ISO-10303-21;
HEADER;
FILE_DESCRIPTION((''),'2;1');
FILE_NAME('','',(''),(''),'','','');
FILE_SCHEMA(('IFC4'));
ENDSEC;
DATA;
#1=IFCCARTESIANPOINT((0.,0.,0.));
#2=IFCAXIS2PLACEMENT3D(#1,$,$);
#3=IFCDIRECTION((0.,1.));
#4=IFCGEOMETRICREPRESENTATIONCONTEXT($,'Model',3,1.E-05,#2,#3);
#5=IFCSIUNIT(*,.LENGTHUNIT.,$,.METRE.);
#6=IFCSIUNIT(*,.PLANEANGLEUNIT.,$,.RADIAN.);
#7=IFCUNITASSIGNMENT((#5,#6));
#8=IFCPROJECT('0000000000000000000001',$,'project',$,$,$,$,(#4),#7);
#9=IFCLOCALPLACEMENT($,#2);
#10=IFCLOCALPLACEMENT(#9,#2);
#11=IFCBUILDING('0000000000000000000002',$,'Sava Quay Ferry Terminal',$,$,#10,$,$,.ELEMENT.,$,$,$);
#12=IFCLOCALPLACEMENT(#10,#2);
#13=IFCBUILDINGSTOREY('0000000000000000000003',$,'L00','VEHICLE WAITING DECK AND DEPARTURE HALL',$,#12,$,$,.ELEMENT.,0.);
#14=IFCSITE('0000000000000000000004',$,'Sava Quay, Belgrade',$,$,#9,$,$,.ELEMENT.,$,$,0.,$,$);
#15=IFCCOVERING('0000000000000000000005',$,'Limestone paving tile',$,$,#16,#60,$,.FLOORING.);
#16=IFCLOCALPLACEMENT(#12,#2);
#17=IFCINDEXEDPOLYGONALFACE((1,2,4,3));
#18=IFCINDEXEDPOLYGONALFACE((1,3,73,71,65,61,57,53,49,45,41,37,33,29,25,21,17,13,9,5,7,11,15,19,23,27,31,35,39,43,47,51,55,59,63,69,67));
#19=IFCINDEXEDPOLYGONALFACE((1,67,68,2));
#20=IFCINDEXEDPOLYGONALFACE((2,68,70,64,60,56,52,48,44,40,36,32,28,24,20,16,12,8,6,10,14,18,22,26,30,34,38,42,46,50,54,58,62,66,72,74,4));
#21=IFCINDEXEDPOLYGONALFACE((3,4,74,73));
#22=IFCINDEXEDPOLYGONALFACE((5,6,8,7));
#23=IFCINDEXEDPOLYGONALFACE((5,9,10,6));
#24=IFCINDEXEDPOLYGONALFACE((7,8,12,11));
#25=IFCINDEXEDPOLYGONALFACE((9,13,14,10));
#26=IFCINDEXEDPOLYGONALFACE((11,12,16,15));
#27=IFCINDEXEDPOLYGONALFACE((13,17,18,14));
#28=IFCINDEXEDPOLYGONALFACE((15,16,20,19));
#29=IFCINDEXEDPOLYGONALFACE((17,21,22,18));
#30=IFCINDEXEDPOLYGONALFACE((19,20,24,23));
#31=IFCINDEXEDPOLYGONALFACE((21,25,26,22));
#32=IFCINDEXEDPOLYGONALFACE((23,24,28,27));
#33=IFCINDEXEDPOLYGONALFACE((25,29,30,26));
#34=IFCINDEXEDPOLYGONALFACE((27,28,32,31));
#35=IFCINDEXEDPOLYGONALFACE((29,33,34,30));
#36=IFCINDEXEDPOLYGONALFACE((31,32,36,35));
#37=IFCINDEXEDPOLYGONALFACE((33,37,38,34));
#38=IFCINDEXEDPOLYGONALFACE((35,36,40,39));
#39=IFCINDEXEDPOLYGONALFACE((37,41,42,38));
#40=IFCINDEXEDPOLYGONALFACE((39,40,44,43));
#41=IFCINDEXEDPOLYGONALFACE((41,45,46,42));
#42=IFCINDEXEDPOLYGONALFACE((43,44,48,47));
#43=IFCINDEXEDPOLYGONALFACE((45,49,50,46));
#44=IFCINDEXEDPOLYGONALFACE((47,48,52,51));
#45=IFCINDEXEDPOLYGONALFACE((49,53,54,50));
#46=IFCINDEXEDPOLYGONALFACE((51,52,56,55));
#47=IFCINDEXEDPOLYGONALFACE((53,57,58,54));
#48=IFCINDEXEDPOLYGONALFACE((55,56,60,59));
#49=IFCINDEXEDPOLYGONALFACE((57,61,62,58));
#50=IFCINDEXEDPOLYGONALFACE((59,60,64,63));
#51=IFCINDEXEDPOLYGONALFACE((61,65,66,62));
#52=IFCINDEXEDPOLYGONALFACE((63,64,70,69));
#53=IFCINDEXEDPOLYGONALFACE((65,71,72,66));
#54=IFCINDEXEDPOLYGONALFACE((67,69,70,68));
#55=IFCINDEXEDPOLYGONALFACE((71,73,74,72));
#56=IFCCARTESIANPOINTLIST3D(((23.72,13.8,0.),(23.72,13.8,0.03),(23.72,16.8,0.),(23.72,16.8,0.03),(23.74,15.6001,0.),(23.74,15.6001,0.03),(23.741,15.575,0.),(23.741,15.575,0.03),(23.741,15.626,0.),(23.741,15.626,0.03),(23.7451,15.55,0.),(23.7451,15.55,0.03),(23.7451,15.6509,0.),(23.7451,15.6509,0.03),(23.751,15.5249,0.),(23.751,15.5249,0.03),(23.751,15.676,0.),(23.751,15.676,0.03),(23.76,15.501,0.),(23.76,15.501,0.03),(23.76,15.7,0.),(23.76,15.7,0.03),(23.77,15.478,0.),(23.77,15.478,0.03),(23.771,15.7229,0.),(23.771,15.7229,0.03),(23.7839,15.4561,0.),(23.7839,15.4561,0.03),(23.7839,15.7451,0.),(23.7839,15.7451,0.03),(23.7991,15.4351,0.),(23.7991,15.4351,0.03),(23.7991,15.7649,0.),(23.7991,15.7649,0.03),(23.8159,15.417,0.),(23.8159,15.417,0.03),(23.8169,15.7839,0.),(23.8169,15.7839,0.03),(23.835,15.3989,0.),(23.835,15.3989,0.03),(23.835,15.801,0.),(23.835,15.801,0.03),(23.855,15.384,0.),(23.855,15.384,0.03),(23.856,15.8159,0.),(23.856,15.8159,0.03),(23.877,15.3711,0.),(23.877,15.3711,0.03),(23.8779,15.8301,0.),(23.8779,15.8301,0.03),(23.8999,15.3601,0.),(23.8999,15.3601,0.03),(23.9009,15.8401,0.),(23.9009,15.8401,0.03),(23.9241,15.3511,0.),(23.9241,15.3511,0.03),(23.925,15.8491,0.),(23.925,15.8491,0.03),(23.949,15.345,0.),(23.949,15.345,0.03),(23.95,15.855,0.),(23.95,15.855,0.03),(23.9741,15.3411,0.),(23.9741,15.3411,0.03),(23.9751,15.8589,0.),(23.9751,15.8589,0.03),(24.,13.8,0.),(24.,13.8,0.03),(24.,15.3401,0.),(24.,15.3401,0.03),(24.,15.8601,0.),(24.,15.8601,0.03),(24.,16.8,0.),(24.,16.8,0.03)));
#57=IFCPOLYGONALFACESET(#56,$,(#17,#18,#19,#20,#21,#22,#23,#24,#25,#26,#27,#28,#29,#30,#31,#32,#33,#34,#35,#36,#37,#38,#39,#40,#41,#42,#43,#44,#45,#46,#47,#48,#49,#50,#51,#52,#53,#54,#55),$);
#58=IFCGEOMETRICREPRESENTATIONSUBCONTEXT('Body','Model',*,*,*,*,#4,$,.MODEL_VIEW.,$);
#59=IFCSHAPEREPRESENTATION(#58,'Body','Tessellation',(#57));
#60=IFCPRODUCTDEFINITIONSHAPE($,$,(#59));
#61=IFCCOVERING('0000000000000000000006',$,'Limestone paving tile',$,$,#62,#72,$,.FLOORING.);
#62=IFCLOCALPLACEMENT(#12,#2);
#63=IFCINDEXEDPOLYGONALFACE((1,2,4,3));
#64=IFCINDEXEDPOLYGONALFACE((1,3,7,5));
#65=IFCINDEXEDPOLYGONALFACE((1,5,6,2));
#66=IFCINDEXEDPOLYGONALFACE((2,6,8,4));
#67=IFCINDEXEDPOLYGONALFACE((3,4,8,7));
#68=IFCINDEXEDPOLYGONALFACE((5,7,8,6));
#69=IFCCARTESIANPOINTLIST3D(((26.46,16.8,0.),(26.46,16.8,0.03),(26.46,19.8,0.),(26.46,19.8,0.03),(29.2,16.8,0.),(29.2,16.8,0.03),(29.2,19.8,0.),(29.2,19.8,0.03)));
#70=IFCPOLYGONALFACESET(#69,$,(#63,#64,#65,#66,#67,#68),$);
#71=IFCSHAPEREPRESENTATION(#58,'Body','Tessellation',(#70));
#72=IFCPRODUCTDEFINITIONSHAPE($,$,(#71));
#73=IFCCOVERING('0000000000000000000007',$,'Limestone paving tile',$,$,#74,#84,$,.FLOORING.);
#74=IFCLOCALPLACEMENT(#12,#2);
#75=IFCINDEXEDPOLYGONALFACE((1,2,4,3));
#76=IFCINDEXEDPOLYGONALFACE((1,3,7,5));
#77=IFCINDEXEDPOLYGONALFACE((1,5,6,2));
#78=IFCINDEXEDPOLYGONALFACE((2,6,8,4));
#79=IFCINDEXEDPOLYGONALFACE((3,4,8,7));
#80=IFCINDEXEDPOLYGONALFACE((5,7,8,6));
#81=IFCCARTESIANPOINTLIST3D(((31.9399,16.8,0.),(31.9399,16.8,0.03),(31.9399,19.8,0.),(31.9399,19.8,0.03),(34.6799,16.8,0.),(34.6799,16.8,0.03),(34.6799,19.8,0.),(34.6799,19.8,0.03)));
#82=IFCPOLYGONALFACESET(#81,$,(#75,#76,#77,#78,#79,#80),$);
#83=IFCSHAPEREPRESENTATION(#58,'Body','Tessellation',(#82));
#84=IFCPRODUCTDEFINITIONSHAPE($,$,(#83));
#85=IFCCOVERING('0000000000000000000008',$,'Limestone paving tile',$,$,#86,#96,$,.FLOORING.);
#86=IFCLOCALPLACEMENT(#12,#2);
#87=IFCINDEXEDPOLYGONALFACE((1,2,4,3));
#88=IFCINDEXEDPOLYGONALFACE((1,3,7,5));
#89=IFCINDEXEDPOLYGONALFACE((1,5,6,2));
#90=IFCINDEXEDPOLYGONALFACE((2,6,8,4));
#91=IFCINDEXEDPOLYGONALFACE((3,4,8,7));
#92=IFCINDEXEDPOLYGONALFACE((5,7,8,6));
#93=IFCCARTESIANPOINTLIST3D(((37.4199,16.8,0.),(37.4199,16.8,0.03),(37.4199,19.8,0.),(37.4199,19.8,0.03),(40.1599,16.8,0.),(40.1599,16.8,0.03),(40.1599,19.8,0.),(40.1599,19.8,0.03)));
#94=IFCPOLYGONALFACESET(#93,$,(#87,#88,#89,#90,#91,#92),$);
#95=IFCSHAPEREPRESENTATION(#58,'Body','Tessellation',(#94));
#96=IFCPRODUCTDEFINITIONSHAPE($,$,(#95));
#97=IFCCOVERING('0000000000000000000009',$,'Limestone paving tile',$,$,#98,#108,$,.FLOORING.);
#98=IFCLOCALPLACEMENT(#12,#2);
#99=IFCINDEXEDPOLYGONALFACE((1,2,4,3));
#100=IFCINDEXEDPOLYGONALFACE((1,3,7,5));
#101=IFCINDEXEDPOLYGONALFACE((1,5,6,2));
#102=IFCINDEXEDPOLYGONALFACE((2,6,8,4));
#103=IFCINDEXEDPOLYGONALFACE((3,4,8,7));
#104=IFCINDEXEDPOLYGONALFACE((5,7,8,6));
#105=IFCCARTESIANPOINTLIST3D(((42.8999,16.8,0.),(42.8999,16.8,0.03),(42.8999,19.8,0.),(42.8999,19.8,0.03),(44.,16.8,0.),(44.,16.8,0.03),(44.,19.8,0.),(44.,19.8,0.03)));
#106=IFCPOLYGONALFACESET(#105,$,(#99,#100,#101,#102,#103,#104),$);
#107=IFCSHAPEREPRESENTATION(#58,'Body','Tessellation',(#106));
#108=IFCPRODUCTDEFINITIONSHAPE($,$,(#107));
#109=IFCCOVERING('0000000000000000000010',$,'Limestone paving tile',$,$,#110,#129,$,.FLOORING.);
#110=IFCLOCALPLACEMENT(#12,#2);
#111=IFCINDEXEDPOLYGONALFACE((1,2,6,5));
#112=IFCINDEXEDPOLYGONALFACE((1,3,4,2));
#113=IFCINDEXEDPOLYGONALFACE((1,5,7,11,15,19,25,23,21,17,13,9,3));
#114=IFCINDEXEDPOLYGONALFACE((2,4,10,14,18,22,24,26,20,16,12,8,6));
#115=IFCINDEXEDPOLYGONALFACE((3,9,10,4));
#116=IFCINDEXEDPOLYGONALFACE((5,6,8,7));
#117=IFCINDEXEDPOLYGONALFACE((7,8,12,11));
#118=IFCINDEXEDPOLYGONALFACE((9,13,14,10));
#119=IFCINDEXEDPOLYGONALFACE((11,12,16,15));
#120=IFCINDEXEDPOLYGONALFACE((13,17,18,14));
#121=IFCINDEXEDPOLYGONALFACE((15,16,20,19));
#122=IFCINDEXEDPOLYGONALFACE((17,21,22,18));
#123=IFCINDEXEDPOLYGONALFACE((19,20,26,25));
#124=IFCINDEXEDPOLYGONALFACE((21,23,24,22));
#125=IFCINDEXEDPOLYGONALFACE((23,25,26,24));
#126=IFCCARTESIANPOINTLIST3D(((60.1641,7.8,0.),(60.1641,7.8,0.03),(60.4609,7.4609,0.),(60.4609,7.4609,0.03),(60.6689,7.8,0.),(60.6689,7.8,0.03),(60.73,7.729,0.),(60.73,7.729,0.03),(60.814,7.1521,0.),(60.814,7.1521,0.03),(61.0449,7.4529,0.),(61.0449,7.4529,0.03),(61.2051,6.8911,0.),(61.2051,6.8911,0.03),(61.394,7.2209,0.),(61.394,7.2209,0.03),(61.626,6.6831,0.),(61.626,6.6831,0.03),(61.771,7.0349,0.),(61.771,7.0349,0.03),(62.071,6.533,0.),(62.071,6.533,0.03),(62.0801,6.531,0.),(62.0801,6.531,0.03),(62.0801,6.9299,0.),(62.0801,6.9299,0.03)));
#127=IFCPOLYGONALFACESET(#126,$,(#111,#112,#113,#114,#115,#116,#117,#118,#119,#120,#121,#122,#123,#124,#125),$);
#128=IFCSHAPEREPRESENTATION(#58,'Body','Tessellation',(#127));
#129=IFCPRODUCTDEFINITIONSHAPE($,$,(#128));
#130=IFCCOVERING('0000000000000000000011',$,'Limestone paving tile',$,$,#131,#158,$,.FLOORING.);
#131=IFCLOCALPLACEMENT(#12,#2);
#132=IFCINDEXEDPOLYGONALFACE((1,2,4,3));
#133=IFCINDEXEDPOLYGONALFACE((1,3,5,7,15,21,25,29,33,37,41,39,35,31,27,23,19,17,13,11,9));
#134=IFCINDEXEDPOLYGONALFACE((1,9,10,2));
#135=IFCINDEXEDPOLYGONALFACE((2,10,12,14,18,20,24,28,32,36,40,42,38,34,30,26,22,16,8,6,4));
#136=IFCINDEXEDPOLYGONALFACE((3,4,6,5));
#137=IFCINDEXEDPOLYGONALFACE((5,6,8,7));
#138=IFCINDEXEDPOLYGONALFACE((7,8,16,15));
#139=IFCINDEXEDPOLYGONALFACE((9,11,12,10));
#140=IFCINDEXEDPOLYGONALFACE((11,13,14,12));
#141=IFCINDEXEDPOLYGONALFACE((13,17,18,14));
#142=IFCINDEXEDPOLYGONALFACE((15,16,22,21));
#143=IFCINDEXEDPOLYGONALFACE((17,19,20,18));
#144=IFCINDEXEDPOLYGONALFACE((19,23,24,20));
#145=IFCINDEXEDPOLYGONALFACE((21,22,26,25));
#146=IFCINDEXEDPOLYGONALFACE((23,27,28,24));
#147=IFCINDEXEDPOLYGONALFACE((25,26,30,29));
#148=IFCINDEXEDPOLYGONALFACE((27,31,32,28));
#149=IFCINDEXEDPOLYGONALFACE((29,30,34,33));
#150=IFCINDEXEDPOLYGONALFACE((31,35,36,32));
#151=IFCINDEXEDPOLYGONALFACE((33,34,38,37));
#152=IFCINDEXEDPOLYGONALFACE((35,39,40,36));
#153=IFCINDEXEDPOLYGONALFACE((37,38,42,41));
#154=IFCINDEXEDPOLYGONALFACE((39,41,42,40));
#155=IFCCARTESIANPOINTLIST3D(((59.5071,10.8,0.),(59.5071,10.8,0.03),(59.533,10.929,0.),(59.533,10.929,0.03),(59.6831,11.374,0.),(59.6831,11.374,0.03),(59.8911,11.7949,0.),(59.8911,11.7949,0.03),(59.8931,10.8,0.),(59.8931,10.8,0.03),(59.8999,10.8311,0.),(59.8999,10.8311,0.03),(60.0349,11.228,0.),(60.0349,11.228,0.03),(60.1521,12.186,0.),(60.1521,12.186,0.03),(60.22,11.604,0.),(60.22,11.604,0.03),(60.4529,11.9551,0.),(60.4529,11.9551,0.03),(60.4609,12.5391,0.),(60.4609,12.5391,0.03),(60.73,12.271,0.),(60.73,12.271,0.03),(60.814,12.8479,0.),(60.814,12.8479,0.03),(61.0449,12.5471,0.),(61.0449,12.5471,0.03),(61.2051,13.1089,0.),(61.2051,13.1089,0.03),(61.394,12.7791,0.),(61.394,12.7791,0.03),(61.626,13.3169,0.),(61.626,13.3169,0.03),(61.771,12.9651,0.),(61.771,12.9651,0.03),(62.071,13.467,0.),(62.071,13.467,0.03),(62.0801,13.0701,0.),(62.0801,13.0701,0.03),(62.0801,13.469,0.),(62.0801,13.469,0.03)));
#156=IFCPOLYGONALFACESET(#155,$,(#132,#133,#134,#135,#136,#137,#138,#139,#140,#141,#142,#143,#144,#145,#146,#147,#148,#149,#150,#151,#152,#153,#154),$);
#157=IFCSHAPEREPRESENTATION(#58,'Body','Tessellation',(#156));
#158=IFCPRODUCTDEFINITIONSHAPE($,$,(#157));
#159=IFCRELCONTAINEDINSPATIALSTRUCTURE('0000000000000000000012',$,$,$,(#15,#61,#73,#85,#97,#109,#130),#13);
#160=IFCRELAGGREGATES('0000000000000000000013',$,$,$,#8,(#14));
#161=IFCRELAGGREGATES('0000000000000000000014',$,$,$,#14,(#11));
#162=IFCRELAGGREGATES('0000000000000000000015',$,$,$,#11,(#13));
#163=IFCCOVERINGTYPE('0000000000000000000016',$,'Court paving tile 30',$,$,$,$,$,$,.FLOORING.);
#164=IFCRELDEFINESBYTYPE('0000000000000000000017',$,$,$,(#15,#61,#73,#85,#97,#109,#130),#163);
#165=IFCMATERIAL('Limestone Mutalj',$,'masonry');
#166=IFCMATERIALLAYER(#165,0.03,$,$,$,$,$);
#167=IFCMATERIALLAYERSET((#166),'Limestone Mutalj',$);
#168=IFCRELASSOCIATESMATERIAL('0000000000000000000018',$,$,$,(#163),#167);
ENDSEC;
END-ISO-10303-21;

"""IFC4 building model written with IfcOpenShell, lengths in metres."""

from ifc_helpers import new_model, si_unit, direction, origin, place, context, subcontext, project, spatial, polyline, outline, extrude, material, layer, layer_set, type_object, element, save


model = new_model("IFC4")

# Units and contexts
model_context = context("Model", 3, precision=1e-05, world=origin(), true_north=direction((0.0, 1.0)))
body_context = subcontext(model_context, "Body", "Model", "MODEL_VIEW")
ifc_project = project(units=[si_unit("LENGTHUNIT", "METRE"), si_unit("PLANEANGLEUNIT", "RADIAN")], contexts=[model_context])

# Site, building, storey
site_placement = place(None, origin())
site = spatial("IfcSite", under=ifc_project, at=site_placement, Name="Sava Quay, Belgrade", CompositionType="ELEMENT", RefElevation=0.0)
building_placement = place(site_placement, origin())
building = spatial("IfcBuilding", under=site, at=building_placement, Name="Sava Quay Ferry Terminal", CompositionType="ELEMENT")
storey_placement = place(building_placement, origin())
storey = spatial("IfcBuildingStorey", under=building, at=storey_placement, Name="L00", Description="VEHICLE WAITING DECK AND DEPARTURE HALL", CompositionType="ELEMENT", Elevation=0.0)

# Coverings
ifc_material_1 = material(Name="Limestone Mutalj", Category="masonry")
ifc_layer_1 = layer(ifc_material_1, 0.03)
ifc_layer_set_1 = layer_set([ifc_layer_1], Name="Limestone Mutalj")
covering_type_1 = type_object("IfcCoveringType", Name="Court paving tile 30", PredefinedType="FLOORING", material=ifc_layer_set_1)
covering_1_placement = place(storey_placement, origin())
element("IfcCovering", 1, at=covering_1_placement, inside=storey, type_object=covering_type_1, Name="Limestone paving tile", PredefinedType="FLOORING", context=body_context, shape_type="SweptSolid", body=[
    extrude(outline(polyline([(23.72, 16.8), (23.72, 13.8), (24.0, 13.8), (24.0, 15.3401), (23.9741, 15.3411), (23.949, 15.345), (23.9241, 15.3511), (23.8999, 15.3601), (23.877, 15.3711), (23.855, 15.384), (23.835, 15.3989), (23.8159, 15.417), (23.7991, 15.4351), (23.7839, 15.4561), (23.77, 15.478), (23.76, 15.501), (23.751, 15.5249), (23.7451, 15.55), (23.741, 15.575), (23.74, 15.6001), (23.741, 15.626), (23.7451, 15.6509), (23.751, 15.676), (23.76, 15.7), (23.771, 15.7229), (23.7839, 15.7451), (23.7991, 15.7649), (23.8169, 15.7839), (23.835, 15.801), (23.856, 15.8159), (23.8779, 15.8301), (23.9009, 15.8401), (23.925, 15.8491), (23.95, 15.855), (23.9751, 15.8589), (24.0, 15.8601), (24.0, 16.8), (23.72, 16.8)])), origin(), (0.0, 0.0, 1.0), 0.03),
])
covering_2_placement = place(storey_placement, origin())
element("IfcCovering", 2, at=covering_2_placement, inside=storey, type_object=covering_type_1, Name="Limestone paving tile", PredefinedType="FLOORING", context=body_context, shape_type="SweptSolid", body=[
    extrude(outline(polyline([(29.2, 16.8), (29.2, 19.8), (26.46, 19.8), (26.46, 16.8), (29.2, 16.8)])), origin(), (0.0, 0.0, 1.0), 0.03),
])
covering_3_placement = place(storey_placement, origin())
element("IfcCovering", 3, at=covering_3_placement, inside=storey, type_object=covering_type_1, Name="Limestone paving tile", PredefinedType="FLOORING", context=body_context, shape_type="SweptSolid", body=[
    extrude(outline(polyline([(34.6799, 16.8), (34.6799, 19.8), (31.9399, 19.8), (31.9399, 16.8), (34.6799, 16.8)])), origin(), (0.0, 0.0, 1.0), 0.03),
])
covering_4_placement = place(storey_placement, origin())
element("IfcCovering", 4, at=covering_4_placement, inside=storey, type_object=covering_type_1, Name="Limestone paving tile", PredefinedType="FLOORING", context=body_context, shape_type="SweptSolid", body=[
    extrude(outline(polyline([(40.1599, 16.8), (40.1599, 19.8), (37.4199, 19.8), (37.4199, 16.8), (40.1599, 16.8)])), origin(), (0.0, 0.0, 1.0), 0.03),
])
covering_5_placement = place(storey_placement, origin())
element("IfcCovering", 5, at=covering_5_placement, inside=storey, type_object=covering_type_1, Name="Limestone paving tile", PredefinedType="FLOORING", context=body_context, shape_type="SweptSolid", body=[
    extrude(outline(polyline([(44.0, 19.8), (42.8999, 19.8), (42.8999, 16.8), (44.0, 16.8), (44.0, 19.8)])), origin(), (0.0, 0.0, 1.0), 0.03),
])
covering_6_placement = place(storey_placement, origin())
element("IfcCovering", 6, at=covering_6_placement, inside=storey, type_object=covering_type_1, Name="Limestone paving tile", PredefinedType="FLOORING", context=body_context, shape_type="SweptSolid", body=[
    extrude(outline(polyline([(62.0801, 6.531), (62.0801, 6.9299), (61.771, 7.0349), (61.394, 7.2209), (61.0449, 7.4529), (60.73, 7.729), (60.6689, 7.8), (60.1641, 7.8), (60.4609, 7.4609), (60.814, 7.1521), (61.2051, 6.8911), (61.626, 6.6831), (62.071, 6.533), (62.0801, 6.531)])), origin(), (0.0, 0.0, 1.0), 0.03),
])
covering_7_placement = place(storey_placement, origin())
element("IfcCovering", 7, at=covering_7_placement, inside=storey, type_object=covering_type_1, Name="Limestone paving tile", PredefinedType="FLOORING", context=body_context, shape_type="SweptSolid", body=[
    extrude(outline(polyline([(62.0801, 13.0701), (62.0801, 13.469), (62.071, 13.467), (61.626, 13.3169), (61.2051, 13.1089), (60.814, 12.8479), (60.4609, 12.5391), (60.1521, 12.186), (59.8911, 11.7949), (59.6831, 11.374), (59.533, 10.929), (59.5071, 10.8), (59.8931, 10.8), (59.8999, 10.8311), (60.0349, 11.228), (60.22, 11.604), (60.4529, 11.9551), (60.73, 12.271), (61.0449, 12.5471), (61.394, 12.7791), (61.771, 12.9651), (62.0801, 13.0701)])), origin(), (0.0, 0.0, 1.0), 0.03),
])

save(model, "model.ifc")
